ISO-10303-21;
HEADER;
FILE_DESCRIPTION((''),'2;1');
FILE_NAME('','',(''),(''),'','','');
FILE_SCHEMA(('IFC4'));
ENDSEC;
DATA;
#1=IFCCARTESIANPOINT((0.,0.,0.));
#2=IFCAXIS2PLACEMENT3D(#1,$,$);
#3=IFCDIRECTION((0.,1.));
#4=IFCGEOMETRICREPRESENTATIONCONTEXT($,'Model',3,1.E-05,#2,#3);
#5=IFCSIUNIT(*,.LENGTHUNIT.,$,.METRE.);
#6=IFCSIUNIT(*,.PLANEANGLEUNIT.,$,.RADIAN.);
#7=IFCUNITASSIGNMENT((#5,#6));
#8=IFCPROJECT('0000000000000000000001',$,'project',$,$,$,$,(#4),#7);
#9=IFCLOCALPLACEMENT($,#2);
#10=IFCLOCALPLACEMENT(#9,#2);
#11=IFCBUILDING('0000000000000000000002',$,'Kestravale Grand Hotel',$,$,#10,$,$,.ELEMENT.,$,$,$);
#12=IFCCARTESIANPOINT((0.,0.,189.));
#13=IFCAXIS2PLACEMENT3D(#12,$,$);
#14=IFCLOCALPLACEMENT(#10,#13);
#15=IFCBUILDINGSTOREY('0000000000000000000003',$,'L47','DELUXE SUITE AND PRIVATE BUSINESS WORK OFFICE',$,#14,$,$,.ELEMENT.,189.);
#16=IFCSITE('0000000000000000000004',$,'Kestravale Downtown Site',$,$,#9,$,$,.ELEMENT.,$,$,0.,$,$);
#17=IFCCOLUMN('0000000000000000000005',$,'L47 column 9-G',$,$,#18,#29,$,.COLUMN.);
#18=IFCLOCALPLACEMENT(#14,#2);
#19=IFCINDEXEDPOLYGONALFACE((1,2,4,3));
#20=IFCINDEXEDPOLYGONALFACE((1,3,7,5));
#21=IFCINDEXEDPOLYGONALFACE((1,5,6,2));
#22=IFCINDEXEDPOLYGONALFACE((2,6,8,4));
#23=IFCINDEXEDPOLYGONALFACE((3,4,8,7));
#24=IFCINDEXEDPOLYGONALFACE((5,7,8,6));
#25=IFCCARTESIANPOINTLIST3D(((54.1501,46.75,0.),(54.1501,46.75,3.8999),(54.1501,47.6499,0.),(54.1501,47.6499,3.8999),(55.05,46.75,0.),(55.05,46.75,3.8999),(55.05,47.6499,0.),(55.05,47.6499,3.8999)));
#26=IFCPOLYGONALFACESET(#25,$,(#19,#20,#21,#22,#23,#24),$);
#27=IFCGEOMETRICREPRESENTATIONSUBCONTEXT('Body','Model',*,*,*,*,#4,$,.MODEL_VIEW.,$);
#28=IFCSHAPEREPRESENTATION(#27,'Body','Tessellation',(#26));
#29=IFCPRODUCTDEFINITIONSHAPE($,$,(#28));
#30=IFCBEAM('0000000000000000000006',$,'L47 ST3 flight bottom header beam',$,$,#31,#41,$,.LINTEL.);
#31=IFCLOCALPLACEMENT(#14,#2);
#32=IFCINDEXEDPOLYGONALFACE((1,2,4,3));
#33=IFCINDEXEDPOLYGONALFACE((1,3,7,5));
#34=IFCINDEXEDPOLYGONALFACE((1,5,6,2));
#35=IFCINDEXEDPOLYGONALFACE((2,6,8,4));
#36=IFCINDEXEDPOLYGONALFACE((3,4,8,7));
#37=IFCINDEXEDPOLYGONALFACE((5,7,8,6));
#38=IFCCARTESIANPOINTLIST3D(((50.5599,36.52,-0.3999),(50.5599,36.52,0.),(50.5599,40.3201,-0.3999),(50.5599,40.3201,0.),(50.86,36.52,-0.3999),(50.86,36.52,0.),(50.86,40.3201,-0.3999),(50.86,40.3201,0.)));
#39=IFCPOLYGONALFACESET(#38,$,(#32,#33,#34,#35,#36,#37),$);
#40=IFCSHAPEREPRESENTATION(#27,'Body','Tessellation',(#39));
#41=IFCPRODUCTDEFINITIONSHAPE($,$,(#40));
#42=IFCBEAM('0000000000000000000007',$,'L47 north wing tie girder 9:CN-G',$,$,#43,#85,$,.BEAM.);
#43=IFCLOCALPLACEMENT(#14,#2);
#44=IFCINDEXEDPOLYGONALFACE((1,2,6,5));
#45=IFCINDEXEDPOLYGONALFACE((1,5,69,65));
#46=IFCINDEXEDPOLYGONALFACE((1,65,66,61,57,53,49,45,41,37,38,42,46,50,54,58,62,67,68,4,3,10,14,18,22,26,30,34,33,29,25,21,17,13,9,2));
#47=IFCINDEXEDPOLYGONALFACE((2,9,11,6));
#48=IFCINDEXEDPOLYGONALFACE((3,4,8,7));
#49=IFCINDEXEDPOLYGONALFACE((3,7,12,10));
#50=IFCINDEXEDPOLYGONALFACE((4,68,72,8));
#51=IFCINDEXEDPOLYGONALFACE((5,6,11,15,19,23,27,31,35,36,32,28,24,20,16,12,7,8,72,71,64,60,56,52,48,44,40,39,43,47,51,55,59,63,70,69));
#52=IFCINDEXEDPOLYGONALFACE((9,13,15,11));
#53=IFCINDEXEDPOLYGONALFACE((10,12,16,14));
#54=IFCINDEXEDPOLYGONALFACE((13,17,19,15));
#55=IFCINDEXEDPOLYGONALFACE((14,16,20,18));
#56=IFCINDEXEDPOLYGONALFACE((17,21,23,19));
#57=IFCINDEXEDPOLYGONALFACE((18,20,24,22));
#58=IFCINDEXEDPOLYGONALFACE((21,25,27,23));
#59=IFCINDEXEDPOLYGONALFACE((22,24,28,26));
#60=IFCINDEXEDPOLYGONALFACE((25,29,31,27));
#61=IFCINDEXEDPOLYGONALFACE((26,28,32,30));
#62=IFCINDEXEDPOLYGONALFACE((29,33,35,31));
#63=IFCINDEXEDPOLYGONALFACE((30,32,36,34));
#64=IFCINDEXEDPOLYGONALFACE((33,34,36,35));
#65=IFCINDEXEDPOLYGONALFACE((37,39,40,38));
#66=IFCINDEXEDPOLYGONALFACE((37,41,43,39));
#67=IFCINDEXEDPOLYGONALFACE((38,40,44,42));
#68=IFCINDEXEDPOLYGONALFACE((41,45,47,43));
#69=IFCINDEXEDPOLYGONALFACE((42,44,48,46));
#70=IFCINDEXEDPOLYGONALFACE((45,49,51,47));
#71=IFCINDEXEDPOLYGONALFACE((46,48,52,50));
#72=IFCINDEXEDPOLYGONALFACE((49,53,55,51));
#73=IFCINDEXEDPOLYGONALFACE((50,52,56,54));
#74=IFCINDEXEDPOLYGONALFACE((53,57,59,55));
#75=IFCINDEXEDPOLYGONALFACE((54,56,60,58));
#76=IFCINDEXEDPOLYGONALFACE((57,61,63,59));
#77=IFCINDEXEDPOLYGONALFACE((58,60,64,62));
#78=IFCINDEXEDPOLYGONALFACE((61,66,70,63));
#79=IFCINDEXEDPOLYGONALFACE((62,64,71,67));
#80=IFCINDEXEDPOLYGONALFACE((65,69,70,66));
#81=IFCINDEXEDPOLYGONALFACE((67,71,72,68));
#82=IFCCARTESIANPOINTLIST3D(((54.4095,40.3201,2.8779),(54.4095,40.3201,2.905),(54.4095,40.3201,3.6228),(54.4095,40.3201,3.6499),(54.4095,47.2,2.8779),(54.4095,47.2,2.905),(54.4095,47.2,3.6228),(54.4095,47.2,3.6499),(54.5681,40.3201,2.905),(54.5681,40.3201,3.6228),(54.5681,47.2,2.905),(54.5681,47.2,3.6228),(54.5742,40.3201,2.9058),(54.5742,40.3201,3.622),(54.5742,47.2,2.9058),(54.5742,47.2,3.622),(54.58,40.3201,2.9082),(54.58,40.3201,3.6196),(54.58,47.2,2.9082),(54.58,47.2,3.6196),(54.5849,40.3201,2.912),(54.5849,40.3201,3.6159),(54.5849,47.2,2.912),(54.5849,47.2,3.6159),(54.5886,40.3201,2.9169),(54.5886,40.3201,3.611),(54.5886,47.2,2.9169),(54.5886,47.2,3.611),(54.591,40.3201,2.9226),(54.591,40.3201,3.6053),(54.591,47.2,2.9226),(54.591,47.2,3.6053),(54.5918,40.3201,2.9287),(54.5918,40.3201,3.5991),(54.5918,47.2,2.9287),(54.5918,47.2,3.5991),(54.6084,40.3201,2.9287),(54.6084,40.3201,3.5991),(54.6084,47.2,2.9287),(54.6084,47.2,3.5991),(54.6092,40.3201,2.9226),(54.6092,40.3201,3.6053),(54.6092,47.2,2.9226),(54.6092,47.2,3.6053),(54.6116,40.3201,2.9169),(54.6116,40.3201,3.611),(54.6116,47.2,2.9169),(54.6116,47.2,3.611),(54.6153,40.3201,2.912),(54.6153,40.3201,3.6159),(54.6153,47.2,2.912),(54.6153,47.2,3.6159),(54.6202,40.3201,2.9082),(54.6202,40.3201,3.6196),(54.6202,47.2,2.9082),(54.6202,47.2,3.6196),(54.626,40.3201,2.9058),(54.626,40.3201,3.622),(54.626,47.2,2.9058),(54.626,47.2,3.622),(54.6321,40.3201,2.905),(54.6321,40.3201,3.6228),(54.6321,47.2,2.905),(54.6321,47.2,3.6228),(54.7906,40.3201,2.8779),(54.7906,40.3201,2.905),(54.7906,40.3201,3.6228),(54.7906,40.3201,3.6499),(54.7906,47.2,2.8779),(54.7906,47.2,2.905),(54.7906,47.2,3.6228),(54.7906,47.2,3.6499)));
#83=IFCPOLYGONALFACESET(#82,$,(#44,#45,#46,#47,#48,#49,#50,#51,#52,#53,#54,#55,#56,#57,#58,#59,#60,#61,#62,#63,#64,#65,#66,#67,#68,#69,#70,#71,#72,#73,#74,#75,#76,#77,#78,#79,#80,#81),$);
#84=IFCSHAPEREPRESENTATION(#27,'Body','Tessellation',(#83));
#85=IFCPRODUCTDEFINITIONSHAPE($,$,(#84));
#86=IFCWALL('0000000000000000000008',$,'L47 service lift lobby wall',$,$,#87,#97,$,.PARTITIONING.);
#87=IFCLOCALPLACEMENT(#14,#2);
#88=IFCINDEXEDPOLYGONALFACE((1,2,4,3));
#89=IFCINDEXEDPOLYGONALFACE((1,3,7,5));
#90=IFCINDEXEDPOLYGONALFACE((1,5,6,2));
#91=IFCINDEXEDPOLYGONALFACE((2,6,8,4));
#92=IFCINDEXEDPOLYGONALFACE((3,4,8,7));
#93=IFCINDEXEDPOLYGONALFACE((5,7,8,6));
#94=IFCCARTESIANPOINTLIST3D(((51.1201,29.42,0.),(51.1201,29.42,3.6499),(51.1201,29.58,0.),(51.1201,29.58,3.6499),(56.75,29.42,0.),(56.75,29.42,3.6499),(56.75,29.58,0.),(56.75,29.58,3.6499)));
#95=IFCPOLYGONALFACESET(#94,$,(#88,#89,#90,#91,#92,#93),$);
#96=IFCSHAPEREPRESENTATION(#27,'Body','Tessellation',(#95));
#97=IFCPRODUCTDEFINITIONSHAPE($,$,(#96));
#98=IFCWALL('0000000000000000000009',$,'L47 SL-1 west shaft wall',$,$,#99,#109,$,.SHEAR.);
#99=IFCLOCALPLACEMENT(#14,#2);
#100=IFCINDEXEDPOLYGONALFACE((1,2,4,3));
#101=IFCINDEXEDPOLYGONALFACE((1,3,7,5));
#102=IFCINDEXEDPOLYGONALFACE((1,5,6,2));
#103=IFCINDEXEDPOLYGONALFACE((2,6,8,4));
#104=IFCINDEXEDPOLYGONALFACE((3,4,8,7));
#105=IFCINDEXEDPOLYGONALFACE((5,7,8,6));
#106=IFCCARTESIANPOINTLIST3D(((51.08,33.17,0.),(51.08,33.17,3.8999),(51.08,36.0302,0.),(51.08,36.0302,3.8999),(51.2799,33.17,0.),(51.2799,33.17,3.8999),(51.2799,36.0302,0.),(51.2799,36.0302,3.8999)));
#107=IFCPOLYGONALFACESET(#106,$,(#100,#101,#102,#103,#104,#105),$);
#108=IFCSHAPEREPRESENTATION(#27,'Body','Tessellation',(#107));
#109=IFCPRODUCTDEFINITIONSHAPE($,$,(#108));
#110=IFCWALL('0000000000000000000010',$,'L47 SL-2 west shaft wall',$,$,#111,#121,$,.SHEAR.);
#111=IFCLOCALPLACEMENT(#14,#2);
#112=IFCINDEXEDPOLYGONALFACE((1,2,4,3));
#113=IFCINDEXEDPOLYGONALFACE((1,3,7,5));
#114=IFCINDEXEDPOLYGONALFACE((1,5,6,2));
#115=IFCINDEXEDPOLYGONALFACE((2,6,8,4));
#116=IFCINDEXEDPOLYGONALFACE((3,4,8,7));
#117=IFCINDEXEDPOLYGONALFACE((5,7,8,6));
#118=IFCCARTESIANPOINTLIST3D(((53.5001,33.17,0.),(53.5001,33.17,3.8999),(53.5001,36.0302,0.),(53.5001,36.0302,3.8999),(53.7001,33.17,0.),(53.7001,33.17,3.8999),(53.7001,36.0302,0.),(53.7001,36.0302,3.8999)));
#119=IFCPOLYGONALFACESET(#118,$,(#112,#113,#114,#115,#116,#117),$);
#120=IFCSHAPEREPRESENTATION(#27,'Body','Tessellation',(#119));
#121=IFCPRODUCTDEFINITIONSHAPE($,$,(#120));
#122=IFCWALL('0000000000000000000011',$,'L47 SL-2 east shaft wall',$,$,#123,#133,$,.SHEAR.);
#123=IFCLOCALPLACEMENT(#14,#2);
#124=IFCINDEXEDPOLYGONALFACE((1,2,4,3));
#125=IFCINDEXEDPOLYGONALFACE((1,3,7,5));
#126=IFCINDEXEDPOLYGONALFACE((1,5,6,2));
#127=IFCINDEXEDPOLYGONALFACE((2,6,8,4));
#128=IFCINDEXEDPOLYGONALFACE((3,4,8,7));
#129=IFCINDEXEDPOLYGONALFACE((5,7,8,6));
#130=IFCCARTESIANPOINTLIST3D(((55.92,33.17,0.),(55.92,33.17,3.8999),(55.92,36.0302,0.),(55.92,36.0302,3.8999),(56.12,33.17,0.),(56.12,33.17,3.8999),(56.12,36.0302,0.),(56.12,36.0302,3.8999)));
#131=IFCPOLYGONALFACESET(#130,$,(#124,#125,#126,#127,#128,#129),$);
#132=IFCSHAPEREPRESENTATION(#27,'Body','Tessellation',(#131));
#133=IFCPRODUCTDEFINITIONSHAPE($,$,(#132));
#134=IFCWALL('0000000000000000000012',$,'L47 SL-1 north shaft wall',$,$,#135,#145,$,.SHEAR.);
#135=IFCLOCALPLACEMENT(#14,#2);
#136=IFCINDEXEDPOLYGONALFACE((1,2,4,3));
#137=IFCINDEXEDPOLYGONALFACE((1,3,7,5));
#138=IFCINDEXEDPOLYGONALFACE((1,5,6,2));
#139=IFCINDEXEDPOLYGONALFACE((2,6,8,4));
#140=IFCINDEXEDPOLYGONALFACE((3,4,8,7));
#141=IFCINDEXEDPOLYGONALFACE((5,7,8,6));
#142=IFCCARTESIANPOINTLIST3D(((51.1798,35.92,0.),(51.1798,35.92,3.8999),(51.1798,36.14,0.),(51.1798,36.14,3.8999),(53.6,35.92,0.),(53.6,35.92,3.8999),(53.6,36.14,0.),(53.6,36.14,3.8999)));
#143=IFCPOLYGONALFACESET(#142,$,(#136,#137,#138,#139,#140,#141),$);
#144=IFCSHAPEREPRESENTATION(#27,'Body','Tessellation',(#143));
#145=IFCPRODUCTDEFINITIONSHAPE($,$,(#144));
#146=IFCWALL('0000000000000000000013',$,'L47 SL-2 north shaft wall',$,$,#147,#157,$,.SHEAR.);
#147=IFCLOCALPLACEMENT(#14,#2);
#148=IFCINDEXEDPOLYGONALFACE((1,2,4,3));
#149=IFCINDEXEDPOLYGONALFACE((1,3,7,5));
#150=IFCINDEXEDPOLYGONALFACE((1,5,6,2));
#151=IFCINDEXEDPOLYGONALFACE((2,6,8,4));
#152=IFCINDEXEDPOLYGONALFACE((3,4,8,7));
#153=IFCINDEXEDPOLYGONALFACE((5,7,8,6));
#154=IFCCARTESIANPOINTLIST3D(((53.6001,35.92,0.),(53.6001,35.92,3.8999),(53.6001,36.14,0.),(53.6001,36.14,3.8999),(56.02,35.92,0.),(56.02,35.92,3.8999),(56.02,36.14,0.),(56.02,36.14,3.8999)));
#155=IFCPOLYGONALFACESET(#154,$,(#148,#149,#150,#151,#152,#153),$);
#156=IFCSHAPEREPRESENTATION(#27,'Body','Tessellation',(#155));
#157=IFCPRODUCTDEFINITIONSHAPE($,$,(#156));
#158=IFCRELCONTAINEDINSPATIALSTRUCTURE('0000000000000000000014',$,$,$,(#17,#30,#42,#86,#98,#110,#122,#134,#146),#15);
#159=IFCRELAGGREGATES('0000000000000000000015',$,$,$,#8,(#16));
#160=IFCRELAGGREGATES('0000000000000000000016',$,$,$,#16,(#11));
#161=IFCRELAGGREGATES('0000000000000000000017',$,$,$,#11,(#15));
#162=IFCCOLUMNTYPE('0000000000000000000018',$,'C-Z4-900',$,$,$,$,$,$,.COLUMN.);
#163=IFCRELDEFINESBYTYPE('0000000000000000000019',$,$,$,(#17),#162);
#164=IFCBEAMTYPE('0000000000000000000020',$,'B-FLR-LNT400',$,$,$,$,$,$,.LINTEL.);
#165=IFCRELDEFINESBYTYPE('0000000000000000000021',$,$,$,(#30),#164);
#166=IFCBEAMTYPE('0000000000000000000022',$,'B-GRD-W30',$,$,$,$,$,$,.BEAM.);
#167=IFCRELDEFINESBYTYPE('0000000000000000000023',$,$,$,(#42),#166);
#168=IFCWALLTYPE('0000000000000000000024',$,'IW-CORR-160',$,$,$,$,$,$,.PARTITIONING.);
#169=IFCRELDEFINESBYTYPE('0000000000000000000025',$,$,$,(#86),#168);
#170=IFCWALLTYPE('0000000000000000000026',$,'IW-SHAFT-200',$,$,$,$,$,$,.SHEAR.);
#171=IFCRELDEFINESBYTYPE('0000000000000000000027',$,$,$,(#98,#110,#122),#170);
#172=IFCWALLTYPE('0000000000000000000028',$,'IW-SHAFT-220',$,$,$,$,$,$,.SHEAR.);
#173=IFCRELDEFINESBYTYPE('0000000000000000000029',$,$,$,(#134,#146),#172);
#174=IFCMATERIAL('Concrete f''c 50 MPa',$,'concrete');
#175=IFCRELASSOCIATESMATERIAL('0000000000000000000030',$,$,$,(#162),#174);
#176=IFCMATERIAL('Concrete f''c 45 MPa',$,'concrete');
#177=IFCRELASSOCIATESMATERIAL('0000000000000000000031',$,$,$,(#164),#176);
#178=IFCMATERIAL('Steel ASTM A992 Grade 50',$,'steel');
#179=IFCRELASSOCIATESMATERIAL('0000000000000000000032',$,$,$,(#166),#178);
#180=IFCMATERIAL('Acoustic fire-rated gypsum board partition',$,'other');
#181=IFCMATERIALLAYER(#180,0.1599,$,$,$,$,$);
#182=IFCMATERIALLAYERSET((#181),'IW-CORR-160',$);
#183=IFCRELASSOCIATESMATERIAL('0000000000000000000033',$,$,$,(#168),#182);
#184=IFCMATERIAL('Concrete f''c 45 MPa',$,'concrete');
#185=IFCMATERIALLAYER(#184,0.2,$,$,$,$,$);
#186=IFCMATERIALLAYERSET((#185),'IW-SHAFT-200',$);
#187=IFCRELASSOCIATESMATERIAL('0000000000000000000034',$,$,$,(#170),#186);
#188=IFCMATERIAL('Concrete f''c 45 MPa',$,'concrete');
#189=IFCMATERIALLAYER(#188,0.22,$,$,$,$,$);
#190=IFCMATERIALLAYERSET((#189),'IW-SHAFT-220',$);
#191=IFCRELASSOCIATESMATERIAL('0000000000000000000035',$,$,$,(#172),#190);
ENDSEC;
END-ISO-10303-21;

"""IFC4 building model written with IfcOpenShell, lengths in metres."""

from ifc_helpers import new_model, si_unit, direction, frame, frame_2d, origin, origin_2d, place, context, subcontext, project, spatial, rectangle, i_section, extrude, material, layer, layer_set, material_profile, profile_set, type_object, element, save


model = new_model("IFC4")

# Units and contexts
model_context = context("Model", 3, precision=1e-05, world=origin(), true_north=direction((0.0, 1.0)))
body_context = subcontext(model_context, "Body", "Model", "MODEL_VIEW")
ifc_project = project(units=[si_unit("LENGTHUNIT", "METRE"), si_unit("PLANEANGLEUNIT", "RADIAN")], contexts=[model_context])

# Site, building, storey
site_placement = place(None, origin())
site = spatial("IfcSite", under=ifc_project, at=site_placement, Name="Kestravale Downtown Site", CompositionType="ELEMENT", RefElevation=0.0)
building_placement = place(site_placement, origin())
building = spatial("IfcBuilding", under=site, at=building_placement, Name="Kestravale Grand Hotel", CompositionType="ELEMENT")
storey_placement = place(building_placement, frame((0.0, 0.0, 189.0)))
storey = spatial("IfcBuildingStorey", under=building, at=storey_placement, Name="L47", Description="DELUXE SUITE AND PRIVATE BUSINESS WORK OFFICE", CompositionType="ELEMENT", Elevation=189.0)

# Column
ifc_material_1 = material(Name="Concrete f'c 50 MPa", Category="concrete")
ifc_material_profile_1 = material_profile(ifc_material_1, rectangle(XDim=0.8999, YDim=0.8999, at=origin_2d()))
ifc_profile_set_1 = profile_set([ifc_material_profile_1], Name="Concrete f'c 50 MPa")
column_type = type_object("IfcColumnType", Name="C-Z4-900", PredefinedType="COLUMN", material=ifc_profile_set_1)
column_placement = place(storey_placement, frame((54.6001, 47.2, 0.0), z_axis=(0.0, 0.0, 1.0), x_axis=(1.0, 0.0, 0.0)))
element("IfcColumn", 1, at=column_placement, inside=storey, type_object=column_type, Name="L47 column 9-G", PredefinedType="COLUMN", context=body_context, shape_type="SweptSolid", body=[
    extrude(rectangle(XDim=0.8999, YDim=0.8999, at=origin_2d()), origin(), (0.0, 0.0, 1.0), 3.8999),
])

# Beams
ifc_material_2 = material(Name="Concrete f'c 45 MPa", Category="concrete")
ifc_material_profile_2 = material_profile(ifc_material_2, rectangle(XDim=0.3, YDim=0.3999, at=origin_2d()))
ifc_profile_set_2 = profile_set([ifc_material_profile_2], Name="Concrete f'c 45 MPa")
beam_type_1 = type_object("IfcBeamType", Name="B-FLR-LNT400", PredefinedType="LINTEL", material=ifc_profile_set_2)
beam_1_placement = place(storey_placement, frame((50.71, 36.52, -0.2), z_axis=(0.0, 1.0, 0.0), x_axis=(-1.0, 0.0, 0.0)))
element("IfcBeam", 2, at=beam_1_placement, inside=storey, type_object=beam_type_1, Name="L47 ST3 flight bottom header beam", PredefinedType="LINTEL", context=body_context, shape_type="SweptSolid", body=[
    extrude(rectangle(XDim=0.3, YDim=0.3999, at=origin_2d()), origin(), (0.0, 0.0, 1.0), 3.8),
])
ifc_material_3 = material(Name="Steel ASTM A992 Grade 50", Category="steel")
ifc_material_profile_3 = material_profile(ifc_material_3, i_section(OverallWidth=0.3811, OverallDepth=0.772, WebThickness=0.0166, FlangeThickness=0.0271, FilletRadius=0.0237, at=origin_2d()))
ifc_profile_set_3 = profile_set([ifc_material_profile_3], Name="Steel ASTM A992 Grade 50")
beam_type_2 = type_object("IfcBeamType", Name="B-GRD-W30", PredefinedType="BEAM", material=ifc_profile_set_3)
beam_2_placement = place(storey_placement, frame((54.6001, 40.3201, 3.2639), z_axis=(0.0, 1.0, 0.0), x_axis=(-1.0, 0.0, 0.0)))
element("IfcBeam", 3, at=beam_2_placement, inside=storey, type_object=beam_type_2, Name="L47 north wing tie girder 9:CN-G", PredefinedType="BEAM", context=body_context, shape_type="SweptSolid", body=[
    extrude(i_section(OverallWidth=0.3811, OverallDepth=0.772, WebThickness=0.0166, FlangeThickness=0.0271, FilletRadius=0.0237, at=origin_2d()), origin(), (0.0, 0.0, 1.0), 6.8799),
])

# Shared definitions
ifc_material_4 = material(Name="Acoustic fire-rated gypsum board partition", Category="other")
ifc_layer_1 = layer(ifc_material_4, 0.1599)
ifc_layer_set_1 = layer_set([ifc_layer_1], Name="IW-CORR-160")
wall_type_1 = type_object("IfcWallType", Name="IW-CORR-160", PredefinedType="PARTITIONING", material=ifc_layer_set_1)

# Walls
wall_1_placement = place(storey_placement, frame((51.1201, 29.5, 0.0), z_axis=(0.0, 0.0, 1.0), x_axis=(1.0, 0.0, 0.0)))
element("IfcWall", 4, at=wall_1_placement, inside=storey, type_object=wall_type_1, Name="L47 service lift lobby wall", PredefinedType="PARTITIONING", context=body_context, shape_type="SweptSolid", body=[
    extrude(rectangle(XDim=5.6299, YDim=0.1599, at=frame_2d((2.8149, 0.0))), origin(), (0.0, 0.0, 1.0), 3.6499),
])
ifc_material_5 = material(Name="Concrete f'c 45 MPa", Category="concrete")
ifc_layer_2 = layer(ifc_material_5, 0.2)
ifc_layer_set_2 = layer_set([ifc_layer_2], Name="IW-SHAFT-200")
wall_type_2 = type_object("IfcWallType", Name="IW-SHAFT-200", PredefinedType="SHEAR", material=ifc_layer_set_2)
for number, where, z_axis, x_axis, name in (
    (5, (51.1799, 33.1699, 0.0), (0.0, 0.0, 1.0), (0.0, 1.0, 0.0), "L47 SL-1 west shaft wall"),
    (6, (53.6001, 33.1699, 0.0), (0.0, 0.0, 1.0), (0.0, 1.0, 0.0), "L47 SL-2 west shaft wall"),
    (7, (56.02, 33.1699, 0.0), (0.0, 0.0, 1.0), (0.0, 1.0, 0.0), "L47 SL-2 east shaft wall"),
):
    element("IfcWall", number, at=place(storey_placement, frame(where, z_axis=z_axis, x_axis=x_axis)), inside=storey, type_object=wall_type_2, Name=name, PredefinedType="SHEAR", context=body_context, shape_type="SweptSolid", body=[
        extrude(rectangle(XDim=2.8601, YDim=0.2, at=frame_2d((1.4302, 0.0))), origin(), (0.0, 0.0, 1.0), 3.8999),
    ])
ifc_material_6 = material(Name="Concrete f'c 45 MPa", Category="concrete")
ifc_layer_3 = layer(ifc_material_6, 0.22)
ifc_layer_set_3 = layer_set([ifc_layer_3], Name="IW-SHAFT-220")
wall_type_3 = type_object("IfcWallType", Name="IW-SHAFT-220", PredefinedType="SHEAR", material=ifc_layer_set_3)
wall_2_placement = place(storey_placement, frame((51.1799, 36.03, 0.0), z_axis=(0.0, 0.0, 1.0), x_axis=(1.0, 0.0, 0.0)))
element("IfcWall", 8, at=wall_2_placement, inside=storey, type_object=wall_type_3, Name="L47 SL-1 north shaft wall", PredefinedType="SHEAR", context=body_context, shape_type="SweptSolid", body=[
    extrude(rectangle(XDim=2.4202, YDim=0.22, at=frame_2d((1.21, 0.0))), origin(), (0.0, 0.0, 1.0), 3.8999),
])

# Wall
wall_3_placement = place(storey_placement, frame((53.6001, 36.03, 0.0), z_axis=(0.0, 0.0, 1.0), x_axis=(1.0, 0.0, 0.0)))
element("IfcWall", 9, at=wall_3_placement, inside=storey, type_object=wall_type_3, Name="L47 SL-2 north shaft wall", PredefinedType="SHEAR", context=body_context, shape_type="SweptSolid", body=[
    extrude(rectangle(XDim=2.4199, YDim=0.22, at=frame_2d((1.21, 0.0))), origin(), (0.0, 0.0, 1.0), 3.8999),
])

save(model, "model.ifc")
